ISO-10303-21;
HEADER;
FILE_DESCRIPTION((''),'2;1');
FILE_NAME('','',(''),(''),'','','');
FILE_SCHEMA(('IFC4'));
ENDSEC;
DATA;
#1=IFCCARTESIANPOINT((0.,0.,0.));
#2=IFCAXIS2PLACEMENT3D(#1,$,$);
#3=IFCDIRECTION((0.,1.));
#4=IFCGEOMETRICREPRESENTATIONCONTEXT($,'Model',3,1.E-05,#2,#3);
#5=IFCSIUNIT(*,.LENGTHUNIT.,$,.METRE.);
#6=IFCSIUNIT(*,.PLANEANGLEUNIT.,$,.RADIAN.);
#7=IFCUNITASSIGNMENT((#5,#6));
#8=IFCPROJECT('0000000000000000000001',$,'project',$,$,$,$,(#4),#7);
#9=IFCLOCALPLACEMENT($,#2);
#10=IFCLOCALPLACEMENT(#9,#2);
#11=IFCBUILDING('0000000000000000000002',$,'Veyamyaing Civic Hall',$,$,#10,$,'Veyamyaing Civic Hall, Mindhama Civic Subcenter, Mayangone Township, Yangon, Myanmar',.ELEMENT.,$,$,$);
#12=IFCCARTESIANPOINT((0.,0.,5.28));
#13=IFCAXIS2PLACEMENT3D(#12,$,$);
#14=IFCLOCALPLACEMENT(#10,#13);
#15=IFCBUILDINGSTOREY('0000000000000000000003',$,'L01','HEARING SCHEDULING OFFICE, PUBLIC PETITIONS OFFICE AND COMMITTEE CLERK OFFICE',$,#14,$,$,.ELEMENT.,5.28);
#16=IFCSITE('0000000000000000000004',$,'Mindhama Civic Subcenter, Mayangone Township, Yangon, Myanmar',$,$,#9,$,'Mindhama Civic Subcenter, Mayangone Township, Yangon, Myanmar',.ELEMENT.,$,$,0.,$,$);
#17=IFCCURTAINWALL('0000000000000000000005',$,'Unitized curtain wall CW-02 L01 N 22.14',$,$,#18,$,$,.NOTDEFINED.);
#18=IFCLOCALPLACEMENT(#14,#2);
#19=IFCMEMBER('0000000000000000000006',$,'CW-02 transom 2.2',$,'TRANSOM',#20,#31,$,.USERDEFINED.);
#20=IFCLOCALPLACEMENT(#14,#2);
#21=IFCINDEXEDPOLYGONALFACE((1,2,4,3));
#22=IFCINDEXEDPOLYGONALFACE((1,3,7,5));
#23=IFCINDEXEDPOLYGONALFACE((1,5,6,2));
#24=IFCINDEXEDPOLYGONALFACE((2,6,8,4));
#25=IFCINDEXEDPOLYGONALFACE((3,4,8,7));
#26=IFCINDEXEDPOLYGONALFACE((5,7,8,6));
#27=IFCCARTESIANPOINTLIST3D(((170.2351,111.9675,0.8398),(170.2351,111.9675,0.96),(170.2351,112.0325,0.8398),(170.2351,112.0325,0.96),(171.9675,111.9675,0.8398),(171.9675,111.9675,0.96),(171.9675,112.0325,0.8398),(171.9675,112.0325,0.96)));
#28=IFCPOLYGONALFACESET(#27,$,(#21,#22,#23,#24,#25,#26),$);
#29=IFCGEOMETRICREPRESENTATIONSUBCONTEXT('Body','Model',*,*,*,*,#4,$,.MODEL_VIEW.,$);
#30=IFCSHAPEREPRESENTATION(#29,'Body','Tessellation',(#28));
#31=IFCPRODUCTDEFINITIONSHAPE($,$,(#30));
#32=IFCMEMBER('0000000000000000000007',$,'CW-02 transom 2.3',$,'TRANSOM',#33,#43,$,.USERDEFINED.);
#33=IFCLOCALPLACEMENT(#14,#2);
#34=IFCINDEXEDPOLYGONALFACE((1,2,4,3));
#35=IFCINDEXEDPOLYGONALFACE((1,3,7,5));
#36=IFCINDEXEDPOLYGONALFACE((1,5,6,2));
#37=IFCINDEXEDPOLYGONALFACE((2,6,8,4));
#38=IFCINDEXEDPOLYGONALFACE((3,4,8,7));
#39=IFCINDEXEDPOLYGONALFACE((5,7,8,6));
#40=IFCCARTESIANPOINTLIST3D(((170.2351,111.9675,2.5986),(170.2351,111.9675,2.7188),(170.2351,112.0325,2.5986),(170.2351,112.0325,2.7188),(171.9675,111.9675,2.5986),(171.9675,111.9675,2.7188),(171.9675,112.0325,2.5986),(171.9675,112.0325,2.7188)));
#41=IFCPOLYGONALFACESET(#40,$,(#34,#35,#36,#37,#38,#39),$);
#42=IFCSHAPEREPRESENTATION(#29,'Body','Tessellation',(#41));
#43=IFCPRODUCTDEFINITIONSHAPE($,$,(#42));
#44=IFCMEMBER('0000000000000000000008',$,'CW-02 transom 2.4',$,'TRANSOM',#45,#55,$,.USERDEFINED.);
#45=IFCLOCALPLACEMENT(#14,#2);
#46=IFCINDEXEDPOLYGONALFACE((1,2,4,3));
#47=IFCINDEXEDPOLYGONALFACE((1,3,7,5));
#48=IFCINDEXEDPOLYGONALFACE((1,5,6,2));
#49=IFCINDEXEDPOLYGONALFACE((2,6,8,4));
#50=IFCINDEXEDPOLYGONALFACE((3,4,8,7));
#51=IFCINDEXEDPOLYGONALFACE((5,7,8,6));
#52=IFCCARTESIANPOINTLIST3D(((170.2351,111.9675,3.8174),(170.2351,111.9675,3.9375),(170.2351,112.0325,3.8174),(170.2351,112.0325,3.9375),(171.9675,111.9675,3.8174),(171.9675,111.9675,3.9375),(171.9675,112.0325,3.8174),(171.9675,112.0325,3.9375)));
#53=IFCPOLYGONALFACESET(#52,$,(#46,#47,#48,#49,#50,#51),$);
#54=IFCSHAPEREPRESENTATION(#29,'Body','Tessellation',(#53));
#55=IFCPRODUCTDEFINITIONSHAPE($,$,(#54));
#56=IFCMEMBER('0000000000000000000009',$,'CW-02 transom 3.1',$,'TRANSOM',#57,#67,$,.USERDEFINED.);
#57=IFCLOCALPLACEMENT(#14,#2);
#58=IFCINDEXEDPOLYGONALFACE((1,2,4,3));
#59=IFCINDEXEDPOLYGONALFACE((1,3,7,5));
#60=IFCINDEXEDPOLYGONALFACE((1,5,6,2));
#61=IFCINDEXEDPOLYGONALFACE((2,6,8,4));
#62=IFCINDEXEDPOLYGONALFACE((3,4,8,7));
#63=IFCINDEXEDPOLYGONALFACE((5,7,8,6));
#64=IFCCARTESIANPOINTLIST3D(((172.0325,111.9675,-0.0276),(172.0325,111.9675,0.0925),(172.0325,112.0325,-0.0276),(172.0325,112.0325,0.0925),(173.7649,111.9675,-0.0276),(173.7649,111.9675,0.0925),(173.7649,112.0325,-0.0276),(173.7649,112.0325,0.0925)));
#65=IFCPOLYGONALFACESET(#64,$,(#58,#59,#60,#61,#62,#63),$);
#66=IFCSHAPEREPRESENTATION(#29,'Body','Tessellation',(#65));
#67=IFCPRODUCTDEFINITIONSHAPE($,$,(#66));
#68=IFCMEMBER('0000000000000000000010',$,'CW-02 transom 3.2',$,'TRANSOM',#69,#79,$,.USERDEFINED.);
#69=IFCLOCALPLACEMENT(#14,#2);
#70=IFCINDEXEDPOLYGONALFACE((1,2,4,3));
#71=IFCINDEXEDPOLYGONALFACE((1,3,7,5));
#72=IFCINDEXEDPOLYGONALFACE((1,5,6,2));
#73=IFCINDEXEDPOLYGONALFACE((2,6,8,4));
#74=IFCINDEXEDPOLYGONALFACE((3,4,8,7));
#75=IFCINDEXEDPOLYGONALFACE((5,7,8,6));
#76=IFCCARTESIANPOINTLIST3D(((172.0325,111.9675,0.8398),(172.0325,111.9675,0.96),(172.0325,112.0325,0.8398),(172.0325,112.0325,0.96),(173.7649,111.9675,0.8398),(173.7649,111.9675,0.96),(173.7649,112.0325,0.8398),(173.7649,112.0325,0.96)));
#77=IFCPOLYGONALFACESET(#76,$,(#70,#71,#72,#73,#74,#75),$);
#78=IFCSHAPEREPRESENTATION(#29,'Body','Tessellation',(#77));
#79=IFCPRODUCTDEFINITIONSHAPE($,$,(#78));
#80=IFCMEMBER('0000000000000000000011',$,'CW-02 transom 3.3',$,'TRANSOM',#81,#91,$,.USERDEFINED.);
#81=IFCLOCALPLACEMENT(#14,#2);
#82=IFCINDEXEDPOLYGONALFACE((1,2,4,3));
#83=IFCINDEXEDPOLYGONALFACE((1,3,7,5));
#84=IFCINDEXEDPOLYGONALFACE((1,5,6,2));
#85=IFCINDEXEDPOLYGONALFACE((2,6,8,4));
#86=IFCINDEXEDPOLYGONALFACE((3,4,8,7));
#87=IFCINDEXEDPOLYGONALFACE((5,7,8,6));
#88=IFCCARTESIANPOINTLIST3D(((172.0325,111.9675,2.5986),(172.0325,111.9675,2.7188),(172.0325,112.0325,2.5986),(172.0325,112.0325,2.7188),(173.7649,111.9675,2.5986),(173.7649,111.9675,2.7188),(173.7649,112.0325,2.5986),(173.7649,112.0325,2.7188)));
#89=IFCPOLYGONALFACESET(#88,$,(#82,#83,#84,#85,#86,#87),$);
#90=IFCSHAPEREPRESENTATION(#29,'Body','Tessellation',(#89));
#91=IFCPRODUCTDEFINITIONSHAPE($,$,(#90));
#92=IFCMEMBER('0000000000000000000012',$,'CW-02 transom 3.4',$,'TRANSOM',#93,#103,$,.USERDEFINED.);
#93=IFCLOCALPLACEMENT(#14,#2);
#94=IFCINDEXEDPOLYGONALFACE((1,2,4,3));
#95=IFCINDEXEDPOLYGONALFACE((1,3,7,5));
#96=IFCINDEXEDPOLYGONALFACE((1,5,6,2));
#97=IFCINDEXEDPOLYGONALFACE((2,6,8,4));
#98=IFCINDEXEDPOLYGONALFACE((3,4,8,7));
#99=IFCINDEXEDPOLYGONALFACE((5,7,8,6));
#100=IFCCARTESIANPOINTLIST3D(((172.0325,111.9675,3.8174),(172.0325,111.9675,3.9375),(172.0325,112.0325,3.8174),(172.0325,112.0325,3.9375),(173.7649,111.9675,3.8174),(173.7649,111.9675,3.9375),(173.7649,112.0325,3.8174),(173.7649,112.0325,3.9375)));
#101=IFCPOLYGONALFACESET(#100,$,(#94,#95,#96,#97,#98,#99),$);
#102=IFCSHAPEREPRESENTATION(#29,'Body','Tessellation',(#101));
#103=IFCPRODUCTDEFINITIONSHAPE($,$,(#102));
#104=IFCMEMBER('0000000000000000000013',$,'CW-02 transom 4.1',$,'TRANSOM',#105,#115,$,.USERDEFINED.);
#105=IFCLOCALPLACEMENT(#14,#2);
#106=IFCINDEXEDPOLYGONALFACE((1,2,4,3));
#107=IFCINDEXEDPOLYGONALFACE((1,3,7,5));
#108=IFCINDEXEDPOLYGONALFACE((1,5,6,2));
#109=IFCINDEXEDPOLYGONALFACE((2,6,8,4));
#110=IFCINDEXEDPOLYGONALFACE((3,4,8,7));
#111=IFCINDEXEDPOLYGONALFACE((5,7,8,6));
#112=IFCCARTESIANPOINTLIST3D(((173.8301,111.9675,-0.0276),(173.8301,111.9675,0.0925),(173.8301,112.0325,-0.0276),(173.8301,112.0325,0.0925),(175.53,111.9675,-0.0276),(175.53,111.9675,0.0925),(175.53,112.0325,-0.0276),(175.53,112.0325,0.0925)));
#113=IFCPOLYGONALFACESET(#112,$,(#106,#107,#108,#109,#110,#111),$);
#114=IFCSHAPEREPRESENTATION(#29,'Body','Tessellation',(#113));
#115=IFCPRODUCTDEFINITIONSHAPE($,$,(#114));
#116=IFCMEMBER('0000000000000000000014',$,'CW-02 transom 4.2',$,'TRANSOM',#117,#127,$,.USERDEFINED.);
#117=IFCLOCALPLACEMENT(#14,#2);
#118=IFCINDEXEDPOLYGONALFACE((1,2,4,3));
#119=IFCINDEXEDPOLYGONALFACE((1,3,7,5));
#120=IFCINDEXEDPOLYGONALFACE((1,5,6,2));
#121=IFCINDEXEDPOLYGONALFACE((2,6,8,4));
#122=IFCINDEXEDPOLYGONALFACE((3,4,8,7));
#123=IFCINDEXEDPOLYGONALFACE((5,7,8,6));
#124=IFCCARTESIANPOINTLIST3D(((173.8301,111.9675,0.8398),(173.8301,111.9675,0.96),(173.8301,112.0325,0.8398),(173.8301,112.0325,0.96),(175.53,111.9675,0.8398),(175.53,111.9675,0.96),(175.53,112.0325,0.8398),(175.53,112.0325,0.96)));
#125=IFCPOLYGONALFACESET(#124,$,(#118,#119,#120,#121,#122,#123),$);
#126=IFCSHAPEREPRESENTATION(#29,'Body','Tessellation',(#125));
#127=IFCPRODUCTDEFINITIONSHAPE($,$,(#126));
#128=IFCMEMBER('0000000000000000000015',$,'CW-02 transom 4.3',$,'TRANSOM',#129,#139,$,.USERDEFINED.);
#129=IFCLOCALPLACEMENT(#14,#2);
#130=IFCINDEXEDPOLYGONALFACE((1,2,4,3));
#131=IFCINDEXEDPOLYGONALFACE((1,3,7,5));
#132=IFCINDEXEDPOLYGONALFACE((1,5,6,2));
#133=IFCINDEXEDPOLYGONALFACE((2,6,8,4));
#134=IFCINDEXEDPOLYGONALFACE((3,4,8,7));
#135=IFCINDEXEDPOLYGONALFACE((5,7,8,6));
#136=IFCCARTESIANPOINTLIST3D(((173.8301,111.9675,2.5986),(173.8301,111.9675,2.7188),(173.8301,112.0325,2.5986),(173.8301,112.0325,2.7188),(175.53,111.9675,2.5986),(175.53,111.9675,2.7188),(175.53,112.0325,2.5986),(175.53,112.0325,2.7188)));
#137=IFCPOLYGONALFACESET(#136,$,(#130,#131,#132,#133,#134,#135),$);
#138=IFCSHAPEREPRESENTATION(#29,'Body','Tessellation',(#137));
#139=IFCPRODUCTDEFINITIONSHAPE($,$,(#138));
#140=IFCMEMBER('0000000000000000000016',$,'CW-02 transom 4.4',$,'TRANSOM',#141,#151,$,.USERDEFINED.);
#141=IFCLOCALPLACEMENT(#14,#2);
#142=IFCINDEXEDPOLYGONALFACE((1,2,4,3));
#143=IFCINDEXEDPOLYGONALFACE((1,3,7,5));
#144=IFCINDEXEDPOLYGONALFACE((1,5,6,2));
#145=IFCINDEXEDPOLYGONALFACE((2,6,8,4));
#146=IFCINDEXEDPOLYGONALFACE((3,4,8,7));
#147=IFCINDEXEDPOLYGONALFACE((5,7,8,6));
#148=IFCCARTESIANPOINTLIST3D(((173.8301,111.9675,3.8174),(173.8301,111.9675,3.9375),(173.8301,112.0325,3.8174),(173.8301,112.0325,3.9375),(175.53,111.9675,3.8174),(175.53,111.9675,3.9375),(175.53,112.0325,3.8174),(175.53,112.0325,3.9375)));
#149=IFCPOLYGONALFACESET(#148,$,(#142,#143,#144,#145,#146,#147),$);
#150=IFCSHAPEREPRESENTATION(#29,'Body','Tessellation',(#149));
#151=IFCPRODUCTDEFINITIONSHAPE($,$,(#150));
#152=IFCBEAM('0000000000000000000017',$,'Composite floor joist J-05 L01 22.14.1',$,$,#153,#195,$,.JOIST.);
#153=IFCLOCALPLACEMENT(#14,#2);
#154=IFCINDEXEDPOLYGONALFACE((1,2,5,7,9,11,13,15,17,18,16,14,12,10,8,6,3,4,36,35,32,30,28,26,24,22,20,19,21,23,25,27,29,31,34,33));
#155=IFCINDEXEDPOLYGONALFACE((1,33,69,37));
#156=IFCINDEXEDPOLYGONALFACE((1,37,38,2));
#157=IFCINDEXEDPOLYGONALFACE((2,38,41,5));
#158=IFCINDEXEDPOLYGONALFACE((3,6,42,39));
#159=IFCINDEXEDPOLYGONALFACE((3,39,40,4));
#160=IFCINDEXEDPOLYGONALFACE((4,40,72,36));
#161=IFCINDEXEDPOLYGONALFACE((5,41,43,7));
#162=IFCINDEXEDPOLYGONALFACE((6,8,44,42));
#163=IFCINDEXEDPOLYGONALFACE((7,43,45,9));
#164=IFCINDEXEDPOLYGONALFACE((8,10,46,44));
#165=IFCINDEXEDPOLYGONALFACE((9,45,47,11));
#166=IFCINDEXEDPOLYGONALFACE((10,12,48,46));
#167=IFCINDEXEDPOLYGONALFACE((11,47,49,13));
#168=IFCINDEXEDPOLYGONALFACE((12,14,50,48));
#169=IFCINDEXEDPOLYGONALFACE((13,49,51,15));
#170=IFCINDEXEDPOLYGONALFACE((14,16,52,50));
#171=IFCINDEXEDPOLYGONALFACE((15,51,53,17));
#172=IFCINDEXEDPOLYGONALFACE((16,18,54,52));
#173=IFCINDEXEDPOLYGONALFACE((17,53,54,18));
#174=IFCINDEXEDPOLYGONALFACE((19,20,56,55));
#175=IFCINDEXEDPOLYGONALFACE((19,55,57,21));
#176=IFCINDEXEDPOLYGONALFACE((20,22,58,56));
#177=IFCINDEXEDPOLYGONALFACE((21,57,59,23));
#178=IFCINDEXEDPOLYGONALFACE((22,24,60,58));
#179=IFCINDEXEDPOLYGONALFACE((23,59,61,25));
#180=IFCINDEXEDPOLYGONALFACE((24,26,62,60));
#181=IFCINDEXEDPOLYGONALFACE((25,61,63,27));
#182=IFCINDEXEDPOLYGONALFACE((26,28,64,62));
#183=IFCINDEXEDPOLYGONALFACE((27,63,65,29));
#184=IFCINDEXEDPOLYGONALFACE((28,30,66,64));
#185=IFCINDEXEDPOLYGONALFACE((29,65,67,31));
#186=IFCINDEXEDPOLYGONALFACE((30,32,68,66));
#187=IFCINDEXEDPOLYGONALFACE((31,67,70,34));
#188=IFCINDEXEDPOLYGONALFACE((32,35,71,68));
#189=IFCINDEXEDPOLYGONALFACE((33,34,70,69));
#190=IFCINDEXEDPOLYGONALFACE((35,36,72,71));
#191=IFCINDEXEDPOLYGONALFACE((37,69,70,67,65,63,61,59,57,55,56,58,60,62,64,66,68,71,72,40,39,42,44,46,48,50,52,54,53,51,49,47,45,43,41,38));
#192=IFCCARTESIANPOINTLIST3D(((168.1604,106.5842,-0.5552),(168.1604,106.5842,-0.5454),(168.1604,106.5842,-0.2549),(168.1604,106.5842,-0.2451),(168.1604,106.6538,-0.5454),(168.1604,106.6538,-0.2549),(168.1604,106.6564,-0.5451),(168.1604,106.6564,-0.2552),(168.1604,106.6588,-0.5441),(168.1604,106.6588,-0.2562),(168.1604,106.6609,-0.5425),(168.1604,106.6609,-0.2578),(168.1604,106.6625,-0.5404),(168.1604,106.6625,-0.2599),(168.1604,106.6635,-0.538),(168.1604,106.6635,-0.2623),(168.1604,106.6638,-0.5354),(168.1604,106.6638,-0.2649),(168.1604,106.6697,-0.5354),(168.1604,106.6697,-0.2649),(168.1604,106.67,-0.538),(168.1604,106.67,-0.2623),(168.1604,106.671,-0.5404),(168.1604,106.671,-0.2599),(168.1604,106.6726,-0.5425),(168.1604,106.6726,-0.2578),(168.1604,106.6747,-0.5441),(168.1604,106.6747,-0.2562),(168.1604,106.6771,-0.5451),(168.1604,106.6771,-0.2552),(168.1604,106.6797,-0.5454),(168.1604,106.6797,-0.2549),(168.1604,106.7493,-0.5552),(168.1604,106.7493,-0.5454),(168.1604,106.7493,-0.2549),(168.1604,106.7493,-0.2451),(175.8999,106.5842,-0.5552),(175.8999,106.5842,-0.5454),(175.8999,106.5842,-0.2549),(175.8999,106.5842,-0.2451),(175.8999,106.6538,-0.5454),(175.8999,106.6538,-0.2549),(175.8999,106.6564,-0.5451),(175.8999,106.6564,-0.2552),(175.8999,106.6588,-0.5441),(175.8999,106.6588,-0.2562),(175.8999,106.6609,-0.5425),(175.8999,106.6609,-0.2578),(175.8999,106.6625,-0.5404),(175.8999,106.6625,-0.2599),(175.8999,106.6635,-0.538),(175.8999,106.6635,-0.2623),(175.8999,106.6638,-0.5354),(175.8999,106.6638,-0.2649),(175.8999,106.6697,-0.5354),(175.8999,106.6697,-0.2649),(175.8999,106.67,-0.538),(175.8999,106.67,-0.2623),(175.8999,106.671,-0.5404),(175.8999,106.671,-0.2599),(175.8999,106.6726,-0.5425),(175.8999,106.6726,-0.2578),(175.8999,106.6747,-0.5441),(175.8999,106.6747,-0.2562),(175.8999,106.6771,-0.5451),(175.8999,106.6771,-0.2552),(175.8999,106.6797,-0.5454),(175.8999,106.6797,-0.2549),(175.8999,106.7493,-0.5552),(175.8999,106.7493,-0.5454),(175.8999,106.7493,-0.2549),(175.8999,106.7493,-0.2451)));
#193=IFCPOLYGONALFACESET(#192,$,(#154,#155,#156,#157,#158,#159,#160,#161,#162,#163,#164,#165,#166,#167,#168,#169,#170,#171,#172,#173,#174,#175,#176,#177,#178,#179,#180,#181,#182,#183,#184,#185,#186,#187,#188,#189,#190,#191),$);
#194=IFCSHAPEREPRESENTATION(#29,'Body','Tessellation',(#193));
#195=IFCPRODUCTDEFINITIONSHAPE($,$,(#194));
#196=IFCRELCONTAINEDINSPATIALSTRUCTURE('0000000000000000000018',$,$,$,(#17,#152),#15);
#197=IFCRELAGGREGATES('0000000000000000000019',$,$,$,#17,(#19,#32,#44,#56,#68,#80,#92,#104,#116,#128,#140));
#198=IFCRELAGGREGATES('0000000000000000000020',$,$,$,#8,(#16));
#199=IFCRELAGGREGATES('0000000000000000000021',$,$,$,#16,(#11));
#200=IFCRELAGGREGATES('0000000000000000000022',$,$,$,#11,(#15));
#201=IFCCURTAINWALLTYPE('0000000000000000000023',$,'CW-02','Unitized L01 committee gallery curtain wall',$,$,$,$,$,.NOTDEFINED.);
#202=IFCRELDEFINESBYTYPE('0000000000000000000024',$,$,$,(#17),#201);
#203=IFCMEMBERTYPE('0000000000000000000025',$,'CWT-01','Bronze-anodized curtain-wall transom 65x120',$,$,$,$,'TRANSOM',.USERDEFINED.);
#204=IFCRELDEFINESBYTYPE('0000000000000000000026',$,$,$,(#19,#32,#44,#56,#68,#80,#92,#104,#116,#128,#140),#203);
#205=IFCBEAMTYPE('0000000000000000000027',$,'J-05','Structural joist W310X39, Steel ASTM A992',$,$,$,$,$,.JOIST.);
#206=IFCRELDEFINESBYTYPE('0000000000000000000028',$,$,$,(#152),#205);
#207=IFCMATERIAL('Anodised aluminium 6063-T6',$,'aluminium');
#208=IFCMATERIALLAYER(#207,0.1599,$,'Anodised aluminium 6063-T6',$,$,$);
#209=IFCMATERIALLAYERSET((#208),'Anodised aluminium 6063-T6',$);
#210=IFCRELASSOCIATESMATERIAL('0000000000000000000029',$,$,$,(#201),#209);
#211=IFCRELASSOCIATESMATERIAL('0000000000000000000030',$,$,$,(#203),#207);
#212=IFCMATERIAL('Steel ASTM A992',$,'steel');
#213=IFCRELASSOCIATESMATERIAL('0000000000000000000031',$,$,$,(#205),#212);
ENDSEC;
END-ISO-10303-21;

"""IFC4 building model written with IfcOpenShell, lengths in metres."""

from ifc_helpers import new_model, si_unit, direction, frame, origin, origin_2d, place, context, subcontext, project, spatial, rectangle, i_section, extrude, material, layer, layer_set, material_profile, profile_set, type_object, element, aggregate, save


model = new_model("IFC4")

# Units and contexts
model_context = context("Model", 3, precision=1e-05, world=origin(), true_north=direction((0.0, 1.0)))
body_context = subcontext(model_context, "Body", "Model", "MODEL_VIEW")
ifc_project = project(units=[si_unit("LENGTHUNIT", "METRE"), si_unit("PLANEANGLEUNIT", "RADIAN")], contexts=[model_context])

# Site, building, storey
site_placement = place(None, origin())
site = spatial("IfcSite", under=ifc_project, at=site_placement, Name="Mindhama Civic Subcenter, Mayangone Township, Yangon, Myanmar", LongName="Mindhama Civic Subcenter, Mayangone Township, Yangon, Myanmar", CompositionType="ELEMENT", RefElevation=0.0)
building_placement = place(site_placement, origin())
building = spatial("IfcBuilding", under=site, at=building_placement, Name="Veyamyaing Civic Hall", LongName="Veyamyaing Civic Hall, Mindhama Civic Subcenter, Mayangone Township, Yangon, Myanmar", CompositionType="ELEMENT")
storey_placement = place(building_placement, frame((0.0, 0.0, 5.28)))
storey = spatial("IfcBuildingStorey", under=building, at=storey_placement, Name="L01", Description="HEARING SCHEDULING OFFICE, PUBLIC PETITIONS OFFICE AND COMMITTEE CLERK OFFICE", CompositionType="ELEMENT", Elevation=5.28)

# Shared definitions
ifc_material_1 = material(Name="Steel ASTM A992", Category="steel")

# Curtain wall, members
ifc_material_2 = material(Name="Anodised aluminium 6063-T6", Category="aluminium")
ifc_layer_1 = layer(ifc_material_2, 0.1599, Name="Anodised aluminium 6063-T6")
ifc_layer_set_1 = layer_set([ifc_layer_1], Name="Anodised aluminium 6063-T6")
curtain_wall_type = type_object("IfcCurtainWallType", Name="CW-02", Description="Unitized L01 committee gallery curtain wall", PredefinedType="NOTDEFINED", material=ifc_layer_set_1)
curtain_wall_placement = place(storey_placement, origin())
curtain_wall = element("IfcCurtainWall", 1, at=curtain_wall_placement, inside=storey, type_object=curtain_wall_type, Name="Unitized curtain wall CW-02 L01 N 22.14", PredefinedType="NOTDEFINED")
ifc_material_profile_1 = material_profile(ifc_material_2, rectangle(XDim=0.0649, YDim=0.1201, at=origin_2d()), Name="ALU-TRN-65X120")
ifc_profile_set_1 = profile_set([ifc_material_profile_1], Name="Anodised aluminium 6063-T6")
member_type_1 = type_object("IfcMemberType", Name="CWT-01", Description="Bronze-anodized curtain-wall transom 65x120", ElementType="TRANSOM", PredefinedType="USERDEFINED", material=ifc_profile_set_1)
member_1_placement = place(storey_placement, frame((170.2351, 112.0, 0.8999), z_axis=(1.0, 0.0, 0.0), x_axis=(0.0, 1.0, 0.0)))
member_1 = element("IfcMember", 2, at=member_1_placement, type_object=member_type_1, Name="CW-02 transom 2.2", ObjectType="TRANSOM", PredefinedType="USERDEFINED", context=body_context, shape_type="SweptSolid", body=[
    extrude(rectangle(XDim=0.0649, YDim=0.1201, at=origin_2d()), origin(), (0.0, 0.0, 1.0), 1.7324),
])
member_2_placement = place(storey_placement, frame((170.2351, 112.0, 2.6587), z_axis=(1.0, 0.0, 0.0), x_axis=(0.0, 1.0, 0.0)))
member_2 = element("IfcMember", 3, at=member_2_placement, type_object=member_type_1, Name="CW-02 transom 2.3", ObjectType="TRANSOM", PredefinedType="USERDEFINED", context=body_context, shape_type="SweptSolid", body=[
    extrude(rectangle(XDim=0.0649, YDim=0.1201, at=origin_2d()), origin(), (0.0, 0.0, 1.0), 1.7324),
])
member_3_placement = place(storey_placement, frame((170.2351, 112.0, 3.8774), z_axis=(1.0, 0.0, 0.0), x_axis=(0.0, 1.0, 0.0)))
member_3 = element("IfcMember", 4, at=member_3_placement, type_object=member_type_1, Name="CW-02 transom 2.4", ObjectType="TRANSOM", PredefinedType="USERDEFINED", context=body_context, shape_type="SweptSolid", body=[
    extrude(rectangle(XDim=0.0649, YDim=0.1201, at=origin_2d()), origin(), (0.0, 0.0, 1.0), 1.7324),
])
member_4_placement = place(storey_placement, frame((172.0325, 112.0, 0.0325), z_axis=(1.0, 0.0, 0.0), x_axis=(0.0, 1.0, 0.0)))
member_4 = element("IfcMember", 5, at=member_4_placement, type_object=member_type_1, Name="CW-02 transom 3.1", ObjectType="TRANSOM", PredefinedType="USERDEFINED", context=body_context, shape_type="SweptSolid", body=[
    extrude(rectangle(XDim=0.0649, YDim=0.1201, at=origin_2d()), origin(), (0.0, 0.0, 1.0), 1.7324),
])
member_5_placement = place(storey_placement, frame((172.0325, 112.0, 0.8999), z_axis=(1.0, 0.0, 0.0), x_axis=(0.0, 1.0, 0.0)))
member_5 = element("IfcMember", 6, at=member_5_placement, type_object=member_type_1, Name="CW-02 transom 3.2", ObjectType="TRANSOM", PredefinedType="USERDEFINED", context=body_context, shape_type="SweptSolid", body=[
    extrude(rectangle(XDim=0.0649, YDim=0.1201, at=origin_2d()), origin(), (0.0, 0.0, 1.0), 1.7324),
])
member_6_placement = place(storey_placement, frame((172.0325, 112.0, 2.6587), z_axis=(1.0, 0.0, 0.0), x_axis=(0.0, 1.0, 0.0)))
member_6 = element("IfcMember", 7, at=member_6_placement, type_object=member_type_1, Name="CW-02 transom 3.3", ObjectType="TRANSOM", PredefinedType="USERDEFINED", context=body_context, shape_type="SweptSolid", body=[
    extrude(rectangle(XDim=0.0649, YDim=0.1201, at=origin_2d()), origin(), (0.0, 0.0, 1.0), 1.7324),
])
member_7_placement = place(storey_placement, frame((172.0325, 112.0, 3.8774), z_axis=(1.0, 0.0, 0.0), x_axis=(0.0, 1.0, 0.0)))
member_7 = element("IfcMember", 8, at=member_7_placement, type_object=member_type_1, Name="CW-02 transom 3.4", ObjectType="TRANSOM", PredefinedType="USERDEFINED", context=body_context, shape_type="SweptSolid", body=[
    extrude(rectangle(XDim=0.0649, YDim=0.1201, at=origin_2d()), origin(), (0.0, 0.0, 1.0), 1.7324),
])
member_8_placement = place(storey_placement, frame((173.8301, 112.0, 0.0325), z_axis=(1.0, 0.0, 0.0), x_axis=(0.0, 1.0, 0.0)))
member_8 = element("IfcMember", 9, at=member_8_placement, type_object=member_type_1, Name="CW-02 transom 4.1", ObjectType="TRANSOM", PredefinedType="USERDEFINED", context=body_context, shape_type="SweptSolid", body=[
    extrude(rectangle(XDim=0.0649, YDim=0.1201, at=origin_2d()), origin(), (0.0, 0.0, 1.0), 1.7),
])
member_9_placement = place(storey_placement, frame((173.8301, 112.0, 0.8999), z_axis=(1.0, 0.0, 0.0), x_axis=(0.0, 1.0, 0.0)))
member_9 = element("IfcMember", 10, at=member_9_placement, type_object=member_type_1, Name="CW-02 transom 4.2", ObjectType="TRANSOM", PredefinedType="USERDEFINED", context=body_context, shape_type="SweptSolid", body=[
    extrude(rectangle(XDim=0.0649, YDim=0.1201, at=origin_2d()), origin(), (0.0, 0.0, 1.0), 1.7),
])
member_10_placement = place(storey_placement, frame((173.8301, 112.0, 2.6587), z_axis=(1.0, 0.0, 0.0), x_axis=(0.0, 1.0, 0.0)))
member_10 = element("IfcMember", 11, at=member_10_placement, type_object=member_type_1, Name="CW-02 transom 4.3", ObjectType="TRANSOM", PredefinedType="USERDEFINED", context=body_context, shape_type="SweptSolid", body=[
    extrude(rectangle(XDim=0.0649, YDim=0.1201, at=origin_2d()), origin(), (0.0, 0.0, 1.0), 1.7),
])
member_11_placement = place(storey_placement, frame((173.8301, 112.0, 3.8774), z_axis=(1.0, 0.0, 0.0), x_axis=(0.0, 1.0, 0.0)))
member_11 = element("IfcMember", 12, at=member_11_placement, type_object=member_type_1, Name="CW-02 transom 4.4", ObjectType="TRANSOM", PredefinedType="USERDEFINED", context=body_context, shape_type="SweptSolid", body=[
    extrude(rectangle(XDim=0.0649, YDim=0.1201, at=origin_2d()), origin(), (0.0, 0.0, 1.0), 1.7),
])

# Beam
ifc_material_profile_2 = material_profile(ifc_material_1, i_section(OverallWidth=0.165, OverallDepth=0.3101, WebThickness=0.0059, FlangeThickness=0.0098, FilletRadius=0.01, at=origin_2d()), Name="W310X39")
ifc_profile_set_2 = profile_set([ifc_material_profile_2], Name="Steel ASTM A992")
beam_type_1 = type_object("IfcBeamType", Name="J-05", Description="Structural joist W310X39, Steel ASTM A992", PredefinedType="JOIST", material=ifc_profile_set_2)
for number, where, z_axis, x_axis, name in (
    (13, (168.1604, 106.6667, -0.4001), (1.0, 0.0, 0.0), (0.0, 1.0, 0.0), "Composite floor joist J-05 L01 22.14.1"),
):
    element("IfcBeam", number, at=place(storey_placement, frame(where, z_axis=z_axis, x_axis=x_axis)), inside=storey, type_object=beam_type_1, Name=name, PredefinedType="JOIST", context=body_context, shape_type="SweptSolid", body=[
        extrude(i_section(OverallWidth=0.165, OverallDepth=0.3101, WebThickness=0.0059, FlangeThickness=0.0098, FilletRadius=0.01, at=origin_2d()), origin(), (0.0, 0.0, 1.0), 7.7395),
    ])

aggregate(curtain_wall, [member_1, member_2, member_3, member_4, member_5, member_6, member_7, member_8, member_9, member_10, member_11])

save(model, "model.ifc")
